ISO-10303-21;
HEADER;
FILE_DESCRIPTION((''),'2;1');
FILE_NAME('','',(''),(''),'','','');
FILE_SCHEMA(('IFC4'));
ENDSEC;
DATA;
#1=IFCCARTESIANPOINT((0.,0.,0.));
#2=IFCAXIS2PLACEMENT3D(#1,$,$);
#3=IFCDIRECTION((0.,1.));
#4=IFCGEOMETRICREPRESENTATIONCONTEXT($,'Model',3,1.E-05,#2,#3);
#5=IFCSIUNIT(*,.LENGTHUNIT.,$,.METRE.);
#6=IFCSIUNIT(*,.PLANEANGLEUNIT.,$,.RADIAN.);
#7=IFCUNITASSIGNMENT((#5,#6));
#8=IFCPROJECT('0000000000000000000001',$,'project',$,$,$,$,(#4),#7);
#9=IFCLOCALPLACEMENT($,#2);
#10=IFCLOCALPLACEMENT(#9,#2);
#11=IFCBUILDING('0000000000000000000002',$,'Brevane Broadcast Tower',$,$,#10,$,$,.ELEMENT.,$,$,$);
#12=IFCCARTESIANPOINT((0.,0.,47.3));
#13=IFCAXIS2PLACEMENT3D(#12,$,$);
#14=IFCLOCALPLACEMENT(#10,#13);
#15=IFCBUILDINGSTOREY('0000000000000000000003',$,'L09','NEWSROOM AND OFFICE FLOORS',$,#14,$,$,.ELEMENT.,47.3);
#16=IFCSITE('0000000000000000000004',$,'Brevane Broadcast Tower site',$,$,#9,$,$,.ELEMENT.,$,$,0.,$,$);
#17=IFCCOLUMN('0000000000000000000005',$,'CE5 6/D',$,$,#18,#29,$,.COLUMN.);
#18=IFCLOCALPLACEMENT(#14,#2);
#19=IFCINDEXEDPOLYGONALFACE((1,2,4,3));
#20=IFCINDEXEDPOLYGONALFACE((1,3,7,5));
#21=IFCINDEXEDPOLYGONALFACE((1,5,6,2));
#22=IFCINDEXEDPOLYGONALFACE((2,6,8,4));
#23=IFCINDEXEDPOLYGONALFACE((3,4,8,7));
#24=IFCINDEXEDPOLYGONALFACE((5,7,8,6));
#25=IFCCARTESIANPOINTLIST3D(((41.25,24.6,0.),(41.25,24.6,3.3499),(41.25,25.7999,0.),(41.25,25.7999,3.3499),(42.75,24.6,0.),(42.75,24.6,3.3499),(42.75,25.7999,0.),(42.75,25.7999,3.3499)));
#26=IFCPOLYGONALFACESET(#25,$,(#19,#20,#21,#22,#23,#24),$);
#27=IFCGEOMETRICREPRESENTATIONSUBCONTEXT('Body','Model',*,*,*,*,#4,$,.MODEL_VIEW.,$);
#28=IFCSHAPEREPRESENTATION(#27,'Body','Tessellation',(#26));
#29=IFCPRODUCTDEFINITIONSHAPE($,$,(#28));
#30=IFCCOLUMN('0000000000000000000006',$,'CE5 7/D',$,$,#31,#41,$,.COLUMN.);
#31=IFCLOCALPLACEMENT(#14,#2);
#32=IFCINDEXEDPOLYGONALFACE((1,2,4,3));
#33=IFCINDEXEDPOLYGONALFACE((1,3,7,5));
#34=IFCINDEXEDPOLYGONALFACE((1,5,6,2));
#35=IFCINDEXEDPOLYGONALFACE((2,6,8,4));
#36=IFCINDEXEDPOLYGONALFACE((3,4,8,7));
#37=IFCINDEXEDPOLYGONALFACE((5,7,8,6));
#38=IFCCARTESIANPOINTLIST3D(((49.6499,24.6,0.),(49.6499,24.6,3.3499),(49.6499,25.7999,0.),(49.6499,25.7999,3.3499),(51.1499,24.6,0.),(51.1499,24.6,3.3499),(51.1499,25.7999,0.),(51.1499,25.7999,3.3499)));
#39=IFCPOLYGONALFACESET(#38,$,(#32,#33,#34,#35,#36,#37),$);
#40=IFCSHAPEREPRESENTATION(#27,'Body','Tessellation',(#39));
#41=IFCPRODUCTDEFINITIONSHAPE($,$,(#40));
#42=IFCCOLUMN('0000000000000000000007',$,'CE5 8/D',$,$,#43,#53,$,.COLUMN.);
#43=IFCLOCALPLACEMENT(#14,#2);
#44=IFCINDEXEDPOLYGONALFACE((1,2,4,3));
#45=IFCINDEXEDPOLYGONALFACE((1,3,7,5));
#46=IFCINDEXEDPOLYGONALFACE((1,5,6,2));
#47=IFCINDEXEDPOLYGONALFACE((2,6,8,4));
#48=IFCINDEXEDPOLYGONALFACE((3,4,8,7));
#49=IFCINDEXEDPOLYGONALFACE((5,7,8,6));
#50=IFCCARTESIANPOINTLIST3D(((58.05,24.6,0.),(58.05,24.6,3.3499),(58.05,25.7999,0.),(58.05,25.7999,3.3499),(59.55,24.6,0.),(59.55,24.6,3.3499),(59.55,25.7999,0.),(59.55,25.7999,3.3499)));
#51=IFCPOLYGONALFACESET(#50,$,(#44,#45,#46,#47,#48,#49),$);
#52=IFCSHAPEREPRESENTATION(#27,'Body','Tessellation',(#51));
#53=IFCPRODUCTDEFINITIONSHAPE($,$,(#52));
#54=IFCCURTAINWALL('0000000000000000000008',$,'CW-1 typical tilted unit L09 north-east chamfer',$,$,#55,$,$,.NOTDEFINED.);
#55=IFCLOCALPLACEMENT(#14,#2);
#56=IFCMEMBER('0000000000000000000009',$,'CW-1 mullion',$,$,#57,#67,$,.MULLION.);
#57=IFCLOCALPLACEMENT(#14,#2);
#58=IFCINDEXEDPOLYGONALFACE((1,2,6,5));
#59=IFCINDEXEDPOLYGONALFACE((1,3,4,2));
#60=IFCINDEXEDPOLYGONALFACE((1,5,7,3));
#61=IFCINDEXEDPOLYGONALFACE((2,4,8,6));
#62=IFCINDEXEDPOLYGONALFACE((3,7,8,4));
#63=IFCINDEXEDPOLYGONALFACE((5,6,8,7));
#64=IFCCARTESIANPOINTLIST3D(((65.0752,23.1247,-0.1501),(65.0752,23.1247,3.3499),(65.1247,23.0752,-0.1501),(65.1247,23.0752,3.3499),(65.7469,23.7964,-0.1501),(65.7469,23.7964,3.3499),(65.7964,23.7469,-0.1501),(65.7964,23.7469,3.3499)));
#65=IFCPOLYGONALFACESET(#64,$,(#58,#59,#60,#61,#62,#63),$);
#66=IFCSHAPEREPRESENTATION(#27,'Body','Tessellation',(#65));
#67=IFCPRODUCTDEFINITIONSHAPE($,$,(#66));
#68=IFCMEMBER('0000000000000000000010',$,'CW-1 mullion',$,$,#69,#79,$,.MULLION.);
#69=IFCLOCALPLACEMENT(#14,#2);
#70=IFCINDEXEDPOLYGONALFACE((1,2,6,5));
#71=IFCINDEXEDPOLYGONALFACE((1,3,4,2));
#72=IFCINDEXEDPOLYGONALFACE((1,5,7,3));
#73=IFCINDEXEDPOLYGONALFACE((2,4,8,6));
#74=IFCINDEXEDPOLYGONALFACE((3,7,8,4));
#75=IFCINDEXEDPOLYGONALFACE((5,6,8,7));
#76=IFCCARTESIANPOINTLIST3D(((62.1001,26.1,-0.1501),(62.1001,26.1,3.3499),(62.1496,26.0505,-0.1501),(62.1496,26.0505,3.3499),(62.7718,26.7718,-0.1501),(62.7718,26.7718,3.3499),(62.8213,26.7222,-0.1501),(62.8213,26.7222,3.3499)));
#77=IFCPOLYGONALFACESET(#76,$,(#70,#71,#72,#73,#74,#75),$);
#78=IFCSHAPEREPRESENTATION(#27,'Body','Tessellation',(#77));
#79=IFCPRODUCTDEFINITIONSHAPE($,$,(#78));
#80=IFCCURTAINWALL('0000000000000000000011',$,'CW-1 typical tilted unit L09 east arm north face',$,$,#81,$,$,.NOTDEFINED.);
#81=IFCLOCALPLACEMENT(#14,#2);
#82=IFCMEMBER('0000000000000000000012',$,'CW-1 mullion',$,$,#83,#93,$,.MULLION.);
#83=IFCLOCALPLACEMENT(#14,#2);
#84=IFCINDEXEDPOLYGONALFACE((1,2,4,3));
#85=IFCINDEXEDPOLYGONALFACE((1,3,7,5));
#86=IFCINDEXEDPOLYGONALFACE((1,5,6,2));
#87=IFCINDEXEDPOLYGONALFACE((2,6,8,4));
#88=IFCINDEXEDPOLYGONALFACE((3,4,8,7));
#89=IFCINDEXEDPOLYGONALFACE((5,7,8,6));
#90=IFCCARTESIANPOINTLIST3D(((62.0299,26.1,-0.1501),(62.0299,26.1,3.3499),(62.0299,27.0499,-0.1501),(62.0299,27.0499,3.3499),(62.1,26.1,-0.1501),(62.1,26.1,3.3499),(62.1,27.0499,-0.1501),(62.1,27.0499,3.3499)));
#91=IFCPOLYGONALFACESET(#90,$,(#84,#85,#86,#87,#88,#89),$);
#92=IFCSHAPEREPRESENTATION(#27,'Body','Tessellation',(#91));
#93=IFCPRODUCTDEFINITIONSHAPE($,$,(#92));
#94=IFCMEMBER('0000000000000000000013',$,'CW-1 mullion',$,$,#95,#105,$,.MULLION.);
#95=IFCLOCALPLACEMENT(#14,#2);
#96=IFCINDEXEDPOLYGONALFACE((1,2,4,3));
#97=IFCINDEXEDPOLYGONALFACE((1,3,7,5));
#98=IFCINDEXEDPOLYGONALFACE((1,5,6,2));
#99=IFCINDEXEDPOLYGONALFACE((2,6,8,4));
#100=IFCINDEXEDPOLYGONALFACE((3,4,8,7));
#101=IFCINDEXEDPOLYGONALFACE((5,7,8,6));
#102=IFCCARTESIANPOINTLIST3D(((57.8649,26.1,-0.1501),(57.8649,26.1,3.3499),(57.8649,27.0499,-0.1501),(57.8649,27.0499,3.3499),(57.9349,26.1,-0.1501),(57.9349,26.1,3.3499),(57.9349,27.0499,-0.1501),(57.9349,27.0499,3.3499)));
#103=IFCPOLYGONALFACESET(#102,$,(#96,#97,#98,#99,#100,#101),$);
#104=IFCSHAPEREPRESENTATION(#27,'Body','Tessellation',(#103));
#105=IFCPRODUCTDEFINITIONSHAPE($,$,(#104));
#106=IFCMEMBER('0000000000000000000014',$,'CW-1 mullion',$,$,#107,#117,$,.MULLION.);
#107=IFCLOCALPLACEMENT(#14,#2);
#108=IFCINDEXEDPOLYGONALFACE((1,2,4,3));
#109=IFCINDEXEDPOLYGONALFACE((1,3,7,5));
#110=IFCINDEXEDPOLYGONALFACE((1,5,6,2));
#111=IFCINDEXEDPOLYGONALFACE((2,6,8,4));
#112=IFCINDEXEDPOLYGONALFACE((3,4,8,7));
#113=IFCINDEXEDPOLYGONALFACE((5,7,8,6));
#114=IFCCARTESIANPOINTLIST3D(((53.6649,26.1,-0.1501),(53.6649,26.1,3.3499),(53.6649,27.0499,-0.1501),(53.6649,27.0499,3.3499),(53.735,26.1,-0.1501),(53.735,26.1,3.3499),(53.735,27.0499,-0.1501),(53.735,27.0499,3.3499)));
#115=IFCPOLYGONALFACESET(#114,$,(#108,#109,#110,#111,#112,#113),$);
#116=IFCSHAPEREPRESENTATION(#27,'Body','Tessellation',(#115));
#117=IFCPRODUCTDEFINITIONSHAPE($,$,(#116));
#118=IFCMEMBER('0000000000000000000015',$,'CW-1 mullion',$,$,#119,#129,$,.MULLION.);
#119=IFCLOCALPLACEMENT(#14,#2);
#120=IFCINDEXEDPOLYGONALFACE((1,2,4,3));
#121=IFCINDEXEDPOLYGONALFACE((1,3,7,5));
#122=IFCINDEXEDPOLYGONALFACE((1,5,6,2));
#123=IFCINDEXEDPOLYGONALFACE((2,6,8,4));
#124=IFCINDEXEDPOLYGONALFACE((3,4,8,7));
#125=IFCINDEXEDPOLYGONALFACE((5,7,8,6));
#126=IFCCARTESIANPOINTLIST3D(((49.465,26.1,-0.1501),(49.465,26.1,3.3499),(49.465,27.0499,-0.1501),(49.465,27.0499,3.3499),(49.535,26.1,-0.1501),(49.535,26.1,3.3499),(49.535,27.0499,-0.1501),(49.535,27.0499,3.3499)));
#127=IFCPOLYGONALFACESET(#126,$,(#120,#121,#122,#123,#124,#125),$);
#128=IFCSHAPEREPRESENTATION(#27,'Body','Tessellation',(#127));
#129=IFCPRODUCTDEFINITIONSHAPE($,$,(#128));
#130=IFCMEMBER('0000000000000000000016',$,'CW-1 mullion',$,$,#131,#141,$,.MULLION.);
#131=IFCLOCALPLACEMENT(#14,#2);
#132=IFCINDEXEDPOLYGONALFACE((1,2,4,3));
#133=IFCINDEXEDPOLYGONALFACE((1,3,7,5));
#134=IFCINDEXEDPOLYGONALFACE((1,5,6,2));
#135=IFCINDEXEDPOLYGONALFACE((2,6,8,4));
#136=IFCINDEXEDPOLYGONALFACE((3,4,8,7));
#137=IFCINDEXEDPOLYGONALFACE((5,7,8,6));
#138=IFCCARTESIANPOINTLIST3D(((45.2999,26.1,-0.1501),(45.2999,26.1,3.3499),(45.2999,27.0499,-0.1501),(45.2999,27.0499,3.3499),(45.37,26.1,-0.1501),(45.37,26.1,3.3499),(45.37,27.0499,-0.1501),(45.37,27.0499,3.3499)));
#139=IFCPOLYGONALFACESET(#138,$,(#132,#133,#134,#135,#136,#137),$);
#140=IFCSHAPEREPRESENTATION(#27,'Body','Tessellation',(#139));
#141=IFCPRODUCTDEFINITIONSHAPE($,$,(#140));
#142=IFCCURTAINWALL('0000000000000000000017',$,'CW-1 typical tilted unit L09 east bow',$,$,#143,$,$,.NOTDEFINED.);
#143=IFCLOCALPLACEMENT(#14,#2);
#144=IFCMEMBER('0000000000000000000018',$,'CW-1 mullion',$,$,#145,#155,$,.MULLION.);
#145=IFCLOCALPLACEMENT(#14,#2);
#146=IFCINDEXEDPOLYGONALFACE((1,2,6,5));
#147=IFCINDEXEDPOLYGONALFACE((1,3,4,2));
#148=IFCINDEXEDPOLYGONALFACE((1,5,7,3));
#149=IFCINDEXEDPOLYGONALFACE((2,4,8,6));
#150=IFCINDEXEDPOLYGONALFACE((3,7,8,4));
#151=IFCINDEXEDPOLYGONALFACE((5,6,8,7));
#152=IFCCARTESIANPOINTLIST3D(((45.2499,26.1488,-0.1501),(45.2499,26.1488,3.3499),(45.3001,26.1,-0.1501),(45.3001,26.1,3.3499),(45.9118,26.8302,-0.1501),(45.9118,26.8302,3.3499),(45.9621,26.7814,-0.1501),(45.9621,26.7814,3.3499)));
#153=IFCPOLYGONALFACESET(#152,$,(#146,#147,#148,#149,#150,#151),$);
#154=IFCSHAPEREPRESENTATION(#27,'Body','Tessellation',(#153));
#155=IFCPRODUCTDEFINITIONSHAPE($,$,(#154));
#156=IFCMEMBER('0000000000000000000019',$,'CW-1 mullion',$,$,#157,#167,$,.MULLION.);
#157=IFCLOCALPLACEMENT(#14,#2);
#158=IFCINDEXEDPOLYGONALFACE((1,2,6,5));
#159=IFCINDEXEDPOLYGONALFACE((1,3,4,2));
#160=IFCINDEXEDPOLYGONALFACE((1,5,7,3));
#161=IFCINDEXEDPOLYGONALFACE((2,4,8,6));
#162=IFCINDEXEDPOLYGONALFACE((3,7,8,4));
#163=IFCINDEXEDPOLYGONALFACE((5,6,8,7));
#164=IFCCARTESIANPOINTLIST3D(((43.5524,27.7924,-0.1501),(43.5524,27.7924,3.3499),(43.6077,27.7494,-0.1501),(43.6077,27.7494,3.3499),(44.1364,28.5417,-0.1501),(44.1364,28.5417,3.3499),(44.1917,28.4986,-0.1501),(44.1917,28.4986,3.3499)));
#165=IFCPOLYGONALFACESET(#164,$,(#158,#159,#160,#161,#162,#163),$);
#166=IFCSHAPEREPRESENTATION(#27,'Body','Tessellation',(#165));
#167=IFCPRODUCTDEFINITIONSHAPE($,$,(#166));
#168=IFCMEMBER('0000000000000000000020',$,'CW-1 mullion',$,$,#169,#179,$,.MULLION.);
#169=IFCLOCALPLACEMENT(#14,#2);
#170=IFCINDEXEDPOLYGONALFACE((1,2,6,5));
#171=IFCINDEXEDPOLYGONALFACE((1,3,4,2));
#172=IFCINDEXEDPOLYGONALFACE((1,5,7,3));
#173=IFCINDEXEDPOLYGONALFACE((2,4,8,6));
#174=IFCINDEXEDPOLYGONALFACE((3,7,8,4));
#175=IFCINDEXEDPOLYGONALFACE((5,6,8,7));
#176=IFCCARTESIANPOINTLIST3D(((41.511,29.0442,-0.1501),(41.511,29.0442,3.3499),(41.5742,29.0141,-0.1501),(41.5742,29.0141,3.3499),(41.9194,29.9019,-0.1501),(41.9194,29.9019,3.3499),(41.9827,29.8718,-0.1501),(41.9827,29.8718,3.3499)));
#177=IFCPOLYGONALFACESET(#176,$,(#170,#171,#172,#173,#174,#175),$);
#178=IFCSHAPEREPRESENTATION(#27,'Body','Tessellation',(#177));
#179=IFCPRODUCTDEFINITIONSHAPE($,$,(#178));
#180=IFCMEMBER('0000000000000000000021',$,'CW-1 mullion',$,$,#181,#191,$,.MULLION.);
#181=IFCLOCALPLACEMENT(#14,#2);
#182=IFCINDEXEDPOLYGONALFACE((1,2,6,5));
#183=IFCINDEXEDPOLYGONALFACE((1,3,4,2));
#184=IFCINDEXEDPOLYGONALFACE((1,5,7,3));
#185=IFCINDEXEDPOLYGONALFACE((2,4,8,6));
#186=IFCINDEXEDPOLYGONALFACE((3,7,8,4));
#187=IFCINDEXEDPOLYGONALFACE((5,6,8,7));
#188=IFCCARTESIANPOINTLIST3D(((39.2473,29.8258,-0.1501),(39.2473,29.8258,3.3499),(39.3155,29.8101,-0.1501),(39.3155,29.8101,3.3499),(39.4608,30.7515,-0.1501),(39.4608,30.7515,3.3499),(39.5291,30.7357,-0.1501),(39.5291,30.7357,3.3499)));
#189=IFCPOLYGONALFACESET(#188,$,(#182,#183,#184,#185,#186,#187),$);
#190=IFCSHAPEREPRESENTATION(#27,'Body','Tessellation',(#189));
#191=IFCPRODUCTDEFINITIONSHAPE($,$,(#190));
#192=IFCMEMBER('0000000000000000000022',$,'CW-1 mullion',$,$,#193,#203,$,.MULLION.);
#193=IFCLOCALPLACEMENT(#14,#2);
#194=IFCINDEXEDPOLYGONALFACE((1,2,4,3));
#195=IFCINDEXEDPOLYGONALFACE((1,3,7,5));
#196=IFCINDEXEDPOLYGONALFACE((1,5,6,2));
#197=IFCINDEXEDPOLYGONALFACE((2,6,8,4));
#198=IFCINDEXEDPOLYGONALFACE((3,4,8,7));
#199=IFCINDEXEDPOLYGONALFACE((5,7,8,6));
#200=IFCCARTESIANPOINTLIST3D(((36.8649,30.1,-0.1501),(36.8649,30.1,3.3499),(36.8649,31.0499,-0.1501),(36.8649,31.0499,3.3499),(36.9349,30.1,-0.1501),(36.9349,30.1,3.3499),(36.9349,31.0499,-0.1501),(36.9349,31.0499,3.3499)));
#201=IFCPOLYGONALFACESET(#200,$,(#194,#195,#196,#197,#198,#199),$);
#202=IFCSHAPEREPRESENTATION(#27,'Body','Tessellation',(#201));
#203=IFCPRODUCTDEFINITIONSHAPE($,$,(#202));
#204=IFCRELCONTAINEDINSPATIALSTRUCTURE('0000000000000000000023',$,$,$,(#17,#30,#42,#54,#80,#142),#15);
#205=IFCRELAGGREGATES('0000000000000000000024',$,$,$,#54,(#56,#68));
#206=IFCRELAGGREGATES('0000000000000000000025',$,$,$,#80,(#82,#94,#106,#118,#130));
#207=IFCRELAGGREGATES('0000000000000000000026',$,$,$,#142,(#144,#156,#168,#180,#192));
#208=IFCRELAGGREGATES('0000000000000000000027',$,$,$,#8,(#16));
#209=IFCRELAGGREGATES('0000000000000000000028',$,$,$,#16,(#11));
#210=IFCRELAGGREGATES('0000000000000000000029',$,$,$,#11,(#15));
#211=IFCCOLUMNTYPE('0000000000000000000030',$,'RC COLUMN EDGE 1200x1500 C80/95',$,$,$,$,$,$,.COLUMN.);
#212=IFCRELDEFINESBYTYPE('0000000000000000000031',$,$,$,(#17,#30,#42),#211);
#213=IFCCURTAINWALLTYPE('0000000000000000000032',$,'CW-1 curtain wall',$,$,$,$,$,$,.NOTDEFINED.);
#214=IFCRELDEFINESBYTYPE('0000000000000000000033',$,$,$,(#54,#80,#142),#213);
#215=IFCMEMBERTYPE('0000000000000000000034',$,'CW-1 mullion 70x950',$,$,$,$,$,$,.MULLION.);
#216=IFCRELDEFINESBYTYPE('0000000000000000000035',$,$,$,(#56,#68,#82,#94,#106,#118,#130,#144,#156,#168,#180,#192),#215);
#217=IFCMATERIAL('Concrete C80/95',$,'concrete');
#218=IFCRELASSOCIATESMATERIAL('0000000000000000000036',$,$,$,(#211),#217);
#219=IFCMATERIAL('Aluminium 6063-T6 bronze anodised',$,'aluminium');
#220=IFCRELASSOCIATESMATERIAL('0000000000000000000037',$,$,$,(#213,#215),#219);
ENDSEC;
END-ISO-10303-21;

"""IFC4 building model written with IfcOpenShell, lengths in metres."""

from ifc_helpers import new_model, si_unit, direction, frame, origin, origin_2d, place, context, subcontext, project, spatial, rectangle, extrude, material, material_profile, profile_set, type_object, element, aggregate, save


model = new_model("IFC4")

# Units and contexts
model_context = context("Model", 3, precision=1e-05, world=origin(), true_north=direction((0.0, 1.0)))
body_context = subcontext(model_context, "Body", "Model", "MODEL_VIEW")
ifc_project = project(units=[si_unit("LENGTHUNIT", "METRE"), si_unit("PLANEANGLEUNIT", "RADIAN")], contexts=[model_context])

# Site, building, storey
site_placement = place(None, origin())
site = spatial("IfcSite", under=ifc_project, at=site_placement, Name="Brevane Broadcast Tower site", CompositionType="ELEMENT", RefElevation=0.0)
building_placement = place(site_placement, origin())
building = spatial("IfcBuilding", under=site, at=building_placement, Name="Brevane Broadcast Tower", CompositionType="ELEMENT")
storey_placement = place(building_placement, frame((0.0, 0.0, 47.3)))
storey = spatial("IfcBuildingStorey", under=building, at=storey_placement, Name="L09", Description="NEWSROOM AND OFFICE FLOORS", CompositionType="ELEMENT", Elevation=47.3)

# Columns
ifc_material_1 = material(Name="Concrete C80/95", Category="concrete")
ifc_material_profile_1 = material_profile(ifc_material_1, rectangle(XDim=1.2, YDim=1.5, at=origin_2d()), Name="RC 1200x1500")
ifc_profile_set_1 = profile_set([ifc_material_profile_1], Name="Concrete C80/95")
column_type = type_object("IfcColumnType", Name="RC COLUMN EDGE 1200x1500 C80/95", PredefinedType="COLUMN", material=ifc_profile_set_1)
for number, where, z_axis, x_axis, name in (
    (1, (42.0, 25.2, 0.0), (0.0, 0.0, 1.0), (0.0, 1.0, 0.0), "CE5 6/D"),
    (2, (50.3999, 25.2, 0.0), (0.0, 0.0, 1.0), (0.0, 1.0, 0.0), "CE5 7/D"),
    (3, (58.8, 25.2, 0.0), (0.0, 0.0, 1.0), (0.0, 1.0, 0.0), "CE5 8/D"),
):
    element("IfcColumn", number, at=place(storey_placement, frame(where, z_axis=z_axis, x_axis=x_axis)), inside=storey, type_object=column_type, Name=name, PredefinedType="COLUMN", context=body_context, shape_type="SweptSolid", body=[
        extrude(rectangle(XDim=1.2, YDim=1.5, at=origin_2d()), origin(), (0.0, 0.0, 1.0), 3.3499),
    ])

# Curtain walls, members
ifc_material_2 = material(Name="Aluminium 6063-T6 bronze anodised", Category="aluminium")
curtain_wall_type = type_object("IfcCurtainWallType", Name="CW-1 curtain wall", PredefinedType="NOTDEFINED", material=ifc_material_2)
curtain_wall_1_placement = place(storey_placement, origin())
curtain_wall_1 = element("IfcCurtainWall", 4, at=curtain_wall_1_placement, inside=storey, type_object=curtain_wall_type, Name="CW-1 typical tilted unit L09 north-east chamfer", PredefinedType="NOTDEFINED")
ifc_material_profile_2 = material_profile(ifc_material_2, rectangle(XDim=0.95, YDim=0.0701, at=origin_2d()), Name="RECT 70x950")
ifc_profile_set_2 = profile_set([ifc_material_profile_2], Name="Aluminium 6063-T6 bronze anodised")
member_type_1 = type_object("IfcMemberType", Name="CW-1 mullion 70x950", PredefinedType="MULLION", material=ifc_profile_set_2)
member_1_placement = place(storey_placement, frame((65.4358, 23.4358, -0.1501), z_axis=(0.0, 0.0, 1.0), x_axis=(-0.707107, -0.707107, 0.0)))
member_1 = element("IfcMember", 5, at=member_1_placement, type_object=member_type_1, Name="CW-1 mullion", PredefinedType="MULLION", context=body_context, shape_type="SweptSolid", body=[
    extrude(rectangle(XDim=0.95, YDim=0.0701, at=origin_2d()), origin(), (0.0, 0.0, 1.0), 3.5),
])
member_2_placement = place(storey_placement, frame((62.4607, 26.4111, -0.1501), z_axis=(0.0, 0.0, 1.0), x_axis=(-0.707107, -0.707107, 0.0)))
member_2 = element("IfcMember", 6, at=member_2_placement, type_object=member_type_1, Name="CW-1 mullion", PredefinedType="MULLION", context=body_context, shape_type="SweptSolid", body=[
    extrude(rectangle(XDim=0.95, YDim=0.0701, at=origin_2d()), origin(), (0.0, 0.0, 1.0), 3.5),
])
aggregate(curtain_wall_1, [member_1, member_2])
curtain_wall_2_placement = place(storey_placement, origin())
curtain_wall_2 = element("IfcCurtainWall", 7, at=curtain_wall_2_placement, inside=storey, type_object=curtain_wall_type, Name="CW-1 typical tilted unit L09 east arm north face", PredefinedType="NOTDEFINED")
member_3_placement = place(storey_placement, frame((62.0649, 26.575, -0.1501), z_axis=(0.0, 0.0, 1.0), x_axis=(0.0, -1.0, 0.0)))
member_3 = element("IfcMember", 8, at=member_3_placement, type_object=member_type_1, Name="CW-1 mullion", PredefinedType="MULLION", context=body_context, shape_type="SweptSolid", body=[
    extrude(rectangle(XDim=0.95, YDim=0.0701, at=origin_2d()), origin(), (0.0, 0.0, 1.0), 3.5),
])
member_4_placement = place(storey_placement, frame((57.8999, 26.575, -0.1501), z_axis=(0.0, 0.0, 1.0), x_axis=(0.0, -1.0, 0.0)))
member_4 = element("IfcMember", 9, at=member_4_placement, type_object=member_type_1, Name="CW-1 mullion", PredefinedType="MULLION", context=body_context, shape_type="SweptSolid", body=[
    extrude(rectangle(XDim=0.95, YDim=0.0701, at=origin_2d()), origin(), (0.0, 0.0, 1.0), 3.5),
])
member_5_placement = place(storey_placement, frame((53.7, 26.575, -0.1501), z_axis=(0.0, 0.0, 1.0), x_axis=(0.0, -1.0, 0.0)))
member_5 = element("IfcMember", 10, at=member_5_placement, type_object=member_type_1, Name="CW-1 mullion", PredefinedType="MULLION", context=body_context, shape_type="SweptSolid", body=[
    extrude(rectangle(XDim=0.95, YDim=0.0701, at=origin_2d()), origin(), (0.0, 0.0, 1.0), 3.5),
])
member_6_placement = place(storey_placement, frame((49.5, 26.575, -0.1501), z_axis=(0.0, 0.0, 1.0), x_axis=(0.0, -1.0, 0.0)))
member_6 = element("IfcMember", 11, at=member_6_placement, type_object=member_type_1, Name="CW-1 mullion", PredefinedType="MULLION", context=body_context, shape_type="SweptSolid", body=[
    extrude(rectangle(XDim=0.95, YDim=0.0701, at=origin_2d()), origin(), (0.0, 0.0, 1.0), 3.5),
])
member_7_placement = place(storey_placement, frame((45.335, 26.575, -0.1501), z_axis=(0.0, 0.0, 1.0), x_axis=(0.0, -1.0, 0.0)))
member_7 = element("IfcMember", 12, at=member_7_placement, type_object=member_type_1, Name="CW-1 mullion", PredefinedType="MULLION", context=body_context, shape_type="SweptSolid", body=[
    extrude(rectangle(XDim=0.95, YDim=0.0701, at=origin_2d()), origin(), (0.0, 0.0, 1.0), 3.5),
])
curtain_wall_3_placement = place(storey_placement, origin())
curtain_wall_3 = element("IfcCurtainWall", 13, at=curtain_wall_3_placement, inside=storey, type_object=curtain_wall_type, Name="CW-1 typical tilted unit L09 east bow", PredefinedType="NOTDEFINED")
member_8_placement = place(storey_placement, frame((45.606, 26.4651, -0.1501), z_axis=(0.0, 0.0, 1.0), x_axis=(-0.696812, -0.717254, 0.0)))
member_8 = element("IfcMember", 14, at=member_8_placement, type_object=member_type_1, Name="CW-1 mullion", PredefinedType="MULLION", context=body_context, shape_type="SweptSolid", body=[
    extrude(rectangle(XDim=0.95, YDim=0.0701, at=origin_2d()), origin(), (0.0, 0.0, 1.0), 3.5),
])
member_9_placement = place(storey_placement, frame((43.8721, 28.1455, -0.1501), z_axis=(0.0, 0.0, 1.0), x_axis=(-0.61477, -0.788707, 0.0)))
member_9 = element("IfcMember", 15, at=member_9_placement, type_object=member_type_1, Name="CW-1 mullion", PredefinedType="MULLION", context=body_context, shape_type="SweptSolid", body=[
    extrude(rectangle(XDim=0.95, YDim=0.0701, at=origin_2d()), origin(), (0.0, 0.0, 1.0), 3.5),
])
member_10_placement = place(storey_placement, frame((41.7468, 29.458, -0.1501), z_axis=(0.0, 0.0, 1.0), x_axis=(-0.429934, -0.902861, 0.0)))
member_10 = element("IfcMember", 16, at=member_10_placement, type_object=member_type_1, Name="CW-1 mullion", PredefinedType="MULLION", context=body_context, shape_type="SweptSolid", body=[
    extrude(rectangle(XDim=0.95, YDim=0.0701, at=origin_2d()), origin(), (0.0, 0.0, 1.0), 3.5),
])
member_11_placement = place(storey_placement, frame((39.3882, 30.2808, -0.1501), z_axis=(0.0, 0.0, 1.0), x_axis=(-0.224806, -0.974403, 0.0)))
member_11 = element("IfcMember", 17, at=member_11_placement, type_object=member_type_1, Name="CW-1 mullion", PredefinedType="MULLION", context=body_context, shape_type="SweptSolid", body=[
    extrude(rectangle(XDim=0.95, YDim=0.0701, at=origin_2d()), origin(), (0.0, 0.0, 1.0), 3.5),
])
member_12_placement = place(storey_placement, frame((36.8999, 30.575, -0.1501), z_axis=(0.0, 0.0, 1.0), x_axis=(0.0, -1.0, 0.0)))
member_12 = element("IfcMember", 18, at=member_12_placement, type_object=member_type_1, Name="CW-1 mullion", PredefinedType="MULLION", context=body_context, shape_type="SweptSolid", body=[
    extrude(rectangle(XDim=0.95, YDim=0.0701, at=origin_2d()), origin(), (0.0, 0.0, 1.0), 3.5),
])

aggregate(curtain_wall_2, [member_3, member_4, member_5, member_6, member_7])
aggregate(curtain_wall_3, [member_8, member_9, member_10, member_11, member_12])

save(model, "model.ifc")
